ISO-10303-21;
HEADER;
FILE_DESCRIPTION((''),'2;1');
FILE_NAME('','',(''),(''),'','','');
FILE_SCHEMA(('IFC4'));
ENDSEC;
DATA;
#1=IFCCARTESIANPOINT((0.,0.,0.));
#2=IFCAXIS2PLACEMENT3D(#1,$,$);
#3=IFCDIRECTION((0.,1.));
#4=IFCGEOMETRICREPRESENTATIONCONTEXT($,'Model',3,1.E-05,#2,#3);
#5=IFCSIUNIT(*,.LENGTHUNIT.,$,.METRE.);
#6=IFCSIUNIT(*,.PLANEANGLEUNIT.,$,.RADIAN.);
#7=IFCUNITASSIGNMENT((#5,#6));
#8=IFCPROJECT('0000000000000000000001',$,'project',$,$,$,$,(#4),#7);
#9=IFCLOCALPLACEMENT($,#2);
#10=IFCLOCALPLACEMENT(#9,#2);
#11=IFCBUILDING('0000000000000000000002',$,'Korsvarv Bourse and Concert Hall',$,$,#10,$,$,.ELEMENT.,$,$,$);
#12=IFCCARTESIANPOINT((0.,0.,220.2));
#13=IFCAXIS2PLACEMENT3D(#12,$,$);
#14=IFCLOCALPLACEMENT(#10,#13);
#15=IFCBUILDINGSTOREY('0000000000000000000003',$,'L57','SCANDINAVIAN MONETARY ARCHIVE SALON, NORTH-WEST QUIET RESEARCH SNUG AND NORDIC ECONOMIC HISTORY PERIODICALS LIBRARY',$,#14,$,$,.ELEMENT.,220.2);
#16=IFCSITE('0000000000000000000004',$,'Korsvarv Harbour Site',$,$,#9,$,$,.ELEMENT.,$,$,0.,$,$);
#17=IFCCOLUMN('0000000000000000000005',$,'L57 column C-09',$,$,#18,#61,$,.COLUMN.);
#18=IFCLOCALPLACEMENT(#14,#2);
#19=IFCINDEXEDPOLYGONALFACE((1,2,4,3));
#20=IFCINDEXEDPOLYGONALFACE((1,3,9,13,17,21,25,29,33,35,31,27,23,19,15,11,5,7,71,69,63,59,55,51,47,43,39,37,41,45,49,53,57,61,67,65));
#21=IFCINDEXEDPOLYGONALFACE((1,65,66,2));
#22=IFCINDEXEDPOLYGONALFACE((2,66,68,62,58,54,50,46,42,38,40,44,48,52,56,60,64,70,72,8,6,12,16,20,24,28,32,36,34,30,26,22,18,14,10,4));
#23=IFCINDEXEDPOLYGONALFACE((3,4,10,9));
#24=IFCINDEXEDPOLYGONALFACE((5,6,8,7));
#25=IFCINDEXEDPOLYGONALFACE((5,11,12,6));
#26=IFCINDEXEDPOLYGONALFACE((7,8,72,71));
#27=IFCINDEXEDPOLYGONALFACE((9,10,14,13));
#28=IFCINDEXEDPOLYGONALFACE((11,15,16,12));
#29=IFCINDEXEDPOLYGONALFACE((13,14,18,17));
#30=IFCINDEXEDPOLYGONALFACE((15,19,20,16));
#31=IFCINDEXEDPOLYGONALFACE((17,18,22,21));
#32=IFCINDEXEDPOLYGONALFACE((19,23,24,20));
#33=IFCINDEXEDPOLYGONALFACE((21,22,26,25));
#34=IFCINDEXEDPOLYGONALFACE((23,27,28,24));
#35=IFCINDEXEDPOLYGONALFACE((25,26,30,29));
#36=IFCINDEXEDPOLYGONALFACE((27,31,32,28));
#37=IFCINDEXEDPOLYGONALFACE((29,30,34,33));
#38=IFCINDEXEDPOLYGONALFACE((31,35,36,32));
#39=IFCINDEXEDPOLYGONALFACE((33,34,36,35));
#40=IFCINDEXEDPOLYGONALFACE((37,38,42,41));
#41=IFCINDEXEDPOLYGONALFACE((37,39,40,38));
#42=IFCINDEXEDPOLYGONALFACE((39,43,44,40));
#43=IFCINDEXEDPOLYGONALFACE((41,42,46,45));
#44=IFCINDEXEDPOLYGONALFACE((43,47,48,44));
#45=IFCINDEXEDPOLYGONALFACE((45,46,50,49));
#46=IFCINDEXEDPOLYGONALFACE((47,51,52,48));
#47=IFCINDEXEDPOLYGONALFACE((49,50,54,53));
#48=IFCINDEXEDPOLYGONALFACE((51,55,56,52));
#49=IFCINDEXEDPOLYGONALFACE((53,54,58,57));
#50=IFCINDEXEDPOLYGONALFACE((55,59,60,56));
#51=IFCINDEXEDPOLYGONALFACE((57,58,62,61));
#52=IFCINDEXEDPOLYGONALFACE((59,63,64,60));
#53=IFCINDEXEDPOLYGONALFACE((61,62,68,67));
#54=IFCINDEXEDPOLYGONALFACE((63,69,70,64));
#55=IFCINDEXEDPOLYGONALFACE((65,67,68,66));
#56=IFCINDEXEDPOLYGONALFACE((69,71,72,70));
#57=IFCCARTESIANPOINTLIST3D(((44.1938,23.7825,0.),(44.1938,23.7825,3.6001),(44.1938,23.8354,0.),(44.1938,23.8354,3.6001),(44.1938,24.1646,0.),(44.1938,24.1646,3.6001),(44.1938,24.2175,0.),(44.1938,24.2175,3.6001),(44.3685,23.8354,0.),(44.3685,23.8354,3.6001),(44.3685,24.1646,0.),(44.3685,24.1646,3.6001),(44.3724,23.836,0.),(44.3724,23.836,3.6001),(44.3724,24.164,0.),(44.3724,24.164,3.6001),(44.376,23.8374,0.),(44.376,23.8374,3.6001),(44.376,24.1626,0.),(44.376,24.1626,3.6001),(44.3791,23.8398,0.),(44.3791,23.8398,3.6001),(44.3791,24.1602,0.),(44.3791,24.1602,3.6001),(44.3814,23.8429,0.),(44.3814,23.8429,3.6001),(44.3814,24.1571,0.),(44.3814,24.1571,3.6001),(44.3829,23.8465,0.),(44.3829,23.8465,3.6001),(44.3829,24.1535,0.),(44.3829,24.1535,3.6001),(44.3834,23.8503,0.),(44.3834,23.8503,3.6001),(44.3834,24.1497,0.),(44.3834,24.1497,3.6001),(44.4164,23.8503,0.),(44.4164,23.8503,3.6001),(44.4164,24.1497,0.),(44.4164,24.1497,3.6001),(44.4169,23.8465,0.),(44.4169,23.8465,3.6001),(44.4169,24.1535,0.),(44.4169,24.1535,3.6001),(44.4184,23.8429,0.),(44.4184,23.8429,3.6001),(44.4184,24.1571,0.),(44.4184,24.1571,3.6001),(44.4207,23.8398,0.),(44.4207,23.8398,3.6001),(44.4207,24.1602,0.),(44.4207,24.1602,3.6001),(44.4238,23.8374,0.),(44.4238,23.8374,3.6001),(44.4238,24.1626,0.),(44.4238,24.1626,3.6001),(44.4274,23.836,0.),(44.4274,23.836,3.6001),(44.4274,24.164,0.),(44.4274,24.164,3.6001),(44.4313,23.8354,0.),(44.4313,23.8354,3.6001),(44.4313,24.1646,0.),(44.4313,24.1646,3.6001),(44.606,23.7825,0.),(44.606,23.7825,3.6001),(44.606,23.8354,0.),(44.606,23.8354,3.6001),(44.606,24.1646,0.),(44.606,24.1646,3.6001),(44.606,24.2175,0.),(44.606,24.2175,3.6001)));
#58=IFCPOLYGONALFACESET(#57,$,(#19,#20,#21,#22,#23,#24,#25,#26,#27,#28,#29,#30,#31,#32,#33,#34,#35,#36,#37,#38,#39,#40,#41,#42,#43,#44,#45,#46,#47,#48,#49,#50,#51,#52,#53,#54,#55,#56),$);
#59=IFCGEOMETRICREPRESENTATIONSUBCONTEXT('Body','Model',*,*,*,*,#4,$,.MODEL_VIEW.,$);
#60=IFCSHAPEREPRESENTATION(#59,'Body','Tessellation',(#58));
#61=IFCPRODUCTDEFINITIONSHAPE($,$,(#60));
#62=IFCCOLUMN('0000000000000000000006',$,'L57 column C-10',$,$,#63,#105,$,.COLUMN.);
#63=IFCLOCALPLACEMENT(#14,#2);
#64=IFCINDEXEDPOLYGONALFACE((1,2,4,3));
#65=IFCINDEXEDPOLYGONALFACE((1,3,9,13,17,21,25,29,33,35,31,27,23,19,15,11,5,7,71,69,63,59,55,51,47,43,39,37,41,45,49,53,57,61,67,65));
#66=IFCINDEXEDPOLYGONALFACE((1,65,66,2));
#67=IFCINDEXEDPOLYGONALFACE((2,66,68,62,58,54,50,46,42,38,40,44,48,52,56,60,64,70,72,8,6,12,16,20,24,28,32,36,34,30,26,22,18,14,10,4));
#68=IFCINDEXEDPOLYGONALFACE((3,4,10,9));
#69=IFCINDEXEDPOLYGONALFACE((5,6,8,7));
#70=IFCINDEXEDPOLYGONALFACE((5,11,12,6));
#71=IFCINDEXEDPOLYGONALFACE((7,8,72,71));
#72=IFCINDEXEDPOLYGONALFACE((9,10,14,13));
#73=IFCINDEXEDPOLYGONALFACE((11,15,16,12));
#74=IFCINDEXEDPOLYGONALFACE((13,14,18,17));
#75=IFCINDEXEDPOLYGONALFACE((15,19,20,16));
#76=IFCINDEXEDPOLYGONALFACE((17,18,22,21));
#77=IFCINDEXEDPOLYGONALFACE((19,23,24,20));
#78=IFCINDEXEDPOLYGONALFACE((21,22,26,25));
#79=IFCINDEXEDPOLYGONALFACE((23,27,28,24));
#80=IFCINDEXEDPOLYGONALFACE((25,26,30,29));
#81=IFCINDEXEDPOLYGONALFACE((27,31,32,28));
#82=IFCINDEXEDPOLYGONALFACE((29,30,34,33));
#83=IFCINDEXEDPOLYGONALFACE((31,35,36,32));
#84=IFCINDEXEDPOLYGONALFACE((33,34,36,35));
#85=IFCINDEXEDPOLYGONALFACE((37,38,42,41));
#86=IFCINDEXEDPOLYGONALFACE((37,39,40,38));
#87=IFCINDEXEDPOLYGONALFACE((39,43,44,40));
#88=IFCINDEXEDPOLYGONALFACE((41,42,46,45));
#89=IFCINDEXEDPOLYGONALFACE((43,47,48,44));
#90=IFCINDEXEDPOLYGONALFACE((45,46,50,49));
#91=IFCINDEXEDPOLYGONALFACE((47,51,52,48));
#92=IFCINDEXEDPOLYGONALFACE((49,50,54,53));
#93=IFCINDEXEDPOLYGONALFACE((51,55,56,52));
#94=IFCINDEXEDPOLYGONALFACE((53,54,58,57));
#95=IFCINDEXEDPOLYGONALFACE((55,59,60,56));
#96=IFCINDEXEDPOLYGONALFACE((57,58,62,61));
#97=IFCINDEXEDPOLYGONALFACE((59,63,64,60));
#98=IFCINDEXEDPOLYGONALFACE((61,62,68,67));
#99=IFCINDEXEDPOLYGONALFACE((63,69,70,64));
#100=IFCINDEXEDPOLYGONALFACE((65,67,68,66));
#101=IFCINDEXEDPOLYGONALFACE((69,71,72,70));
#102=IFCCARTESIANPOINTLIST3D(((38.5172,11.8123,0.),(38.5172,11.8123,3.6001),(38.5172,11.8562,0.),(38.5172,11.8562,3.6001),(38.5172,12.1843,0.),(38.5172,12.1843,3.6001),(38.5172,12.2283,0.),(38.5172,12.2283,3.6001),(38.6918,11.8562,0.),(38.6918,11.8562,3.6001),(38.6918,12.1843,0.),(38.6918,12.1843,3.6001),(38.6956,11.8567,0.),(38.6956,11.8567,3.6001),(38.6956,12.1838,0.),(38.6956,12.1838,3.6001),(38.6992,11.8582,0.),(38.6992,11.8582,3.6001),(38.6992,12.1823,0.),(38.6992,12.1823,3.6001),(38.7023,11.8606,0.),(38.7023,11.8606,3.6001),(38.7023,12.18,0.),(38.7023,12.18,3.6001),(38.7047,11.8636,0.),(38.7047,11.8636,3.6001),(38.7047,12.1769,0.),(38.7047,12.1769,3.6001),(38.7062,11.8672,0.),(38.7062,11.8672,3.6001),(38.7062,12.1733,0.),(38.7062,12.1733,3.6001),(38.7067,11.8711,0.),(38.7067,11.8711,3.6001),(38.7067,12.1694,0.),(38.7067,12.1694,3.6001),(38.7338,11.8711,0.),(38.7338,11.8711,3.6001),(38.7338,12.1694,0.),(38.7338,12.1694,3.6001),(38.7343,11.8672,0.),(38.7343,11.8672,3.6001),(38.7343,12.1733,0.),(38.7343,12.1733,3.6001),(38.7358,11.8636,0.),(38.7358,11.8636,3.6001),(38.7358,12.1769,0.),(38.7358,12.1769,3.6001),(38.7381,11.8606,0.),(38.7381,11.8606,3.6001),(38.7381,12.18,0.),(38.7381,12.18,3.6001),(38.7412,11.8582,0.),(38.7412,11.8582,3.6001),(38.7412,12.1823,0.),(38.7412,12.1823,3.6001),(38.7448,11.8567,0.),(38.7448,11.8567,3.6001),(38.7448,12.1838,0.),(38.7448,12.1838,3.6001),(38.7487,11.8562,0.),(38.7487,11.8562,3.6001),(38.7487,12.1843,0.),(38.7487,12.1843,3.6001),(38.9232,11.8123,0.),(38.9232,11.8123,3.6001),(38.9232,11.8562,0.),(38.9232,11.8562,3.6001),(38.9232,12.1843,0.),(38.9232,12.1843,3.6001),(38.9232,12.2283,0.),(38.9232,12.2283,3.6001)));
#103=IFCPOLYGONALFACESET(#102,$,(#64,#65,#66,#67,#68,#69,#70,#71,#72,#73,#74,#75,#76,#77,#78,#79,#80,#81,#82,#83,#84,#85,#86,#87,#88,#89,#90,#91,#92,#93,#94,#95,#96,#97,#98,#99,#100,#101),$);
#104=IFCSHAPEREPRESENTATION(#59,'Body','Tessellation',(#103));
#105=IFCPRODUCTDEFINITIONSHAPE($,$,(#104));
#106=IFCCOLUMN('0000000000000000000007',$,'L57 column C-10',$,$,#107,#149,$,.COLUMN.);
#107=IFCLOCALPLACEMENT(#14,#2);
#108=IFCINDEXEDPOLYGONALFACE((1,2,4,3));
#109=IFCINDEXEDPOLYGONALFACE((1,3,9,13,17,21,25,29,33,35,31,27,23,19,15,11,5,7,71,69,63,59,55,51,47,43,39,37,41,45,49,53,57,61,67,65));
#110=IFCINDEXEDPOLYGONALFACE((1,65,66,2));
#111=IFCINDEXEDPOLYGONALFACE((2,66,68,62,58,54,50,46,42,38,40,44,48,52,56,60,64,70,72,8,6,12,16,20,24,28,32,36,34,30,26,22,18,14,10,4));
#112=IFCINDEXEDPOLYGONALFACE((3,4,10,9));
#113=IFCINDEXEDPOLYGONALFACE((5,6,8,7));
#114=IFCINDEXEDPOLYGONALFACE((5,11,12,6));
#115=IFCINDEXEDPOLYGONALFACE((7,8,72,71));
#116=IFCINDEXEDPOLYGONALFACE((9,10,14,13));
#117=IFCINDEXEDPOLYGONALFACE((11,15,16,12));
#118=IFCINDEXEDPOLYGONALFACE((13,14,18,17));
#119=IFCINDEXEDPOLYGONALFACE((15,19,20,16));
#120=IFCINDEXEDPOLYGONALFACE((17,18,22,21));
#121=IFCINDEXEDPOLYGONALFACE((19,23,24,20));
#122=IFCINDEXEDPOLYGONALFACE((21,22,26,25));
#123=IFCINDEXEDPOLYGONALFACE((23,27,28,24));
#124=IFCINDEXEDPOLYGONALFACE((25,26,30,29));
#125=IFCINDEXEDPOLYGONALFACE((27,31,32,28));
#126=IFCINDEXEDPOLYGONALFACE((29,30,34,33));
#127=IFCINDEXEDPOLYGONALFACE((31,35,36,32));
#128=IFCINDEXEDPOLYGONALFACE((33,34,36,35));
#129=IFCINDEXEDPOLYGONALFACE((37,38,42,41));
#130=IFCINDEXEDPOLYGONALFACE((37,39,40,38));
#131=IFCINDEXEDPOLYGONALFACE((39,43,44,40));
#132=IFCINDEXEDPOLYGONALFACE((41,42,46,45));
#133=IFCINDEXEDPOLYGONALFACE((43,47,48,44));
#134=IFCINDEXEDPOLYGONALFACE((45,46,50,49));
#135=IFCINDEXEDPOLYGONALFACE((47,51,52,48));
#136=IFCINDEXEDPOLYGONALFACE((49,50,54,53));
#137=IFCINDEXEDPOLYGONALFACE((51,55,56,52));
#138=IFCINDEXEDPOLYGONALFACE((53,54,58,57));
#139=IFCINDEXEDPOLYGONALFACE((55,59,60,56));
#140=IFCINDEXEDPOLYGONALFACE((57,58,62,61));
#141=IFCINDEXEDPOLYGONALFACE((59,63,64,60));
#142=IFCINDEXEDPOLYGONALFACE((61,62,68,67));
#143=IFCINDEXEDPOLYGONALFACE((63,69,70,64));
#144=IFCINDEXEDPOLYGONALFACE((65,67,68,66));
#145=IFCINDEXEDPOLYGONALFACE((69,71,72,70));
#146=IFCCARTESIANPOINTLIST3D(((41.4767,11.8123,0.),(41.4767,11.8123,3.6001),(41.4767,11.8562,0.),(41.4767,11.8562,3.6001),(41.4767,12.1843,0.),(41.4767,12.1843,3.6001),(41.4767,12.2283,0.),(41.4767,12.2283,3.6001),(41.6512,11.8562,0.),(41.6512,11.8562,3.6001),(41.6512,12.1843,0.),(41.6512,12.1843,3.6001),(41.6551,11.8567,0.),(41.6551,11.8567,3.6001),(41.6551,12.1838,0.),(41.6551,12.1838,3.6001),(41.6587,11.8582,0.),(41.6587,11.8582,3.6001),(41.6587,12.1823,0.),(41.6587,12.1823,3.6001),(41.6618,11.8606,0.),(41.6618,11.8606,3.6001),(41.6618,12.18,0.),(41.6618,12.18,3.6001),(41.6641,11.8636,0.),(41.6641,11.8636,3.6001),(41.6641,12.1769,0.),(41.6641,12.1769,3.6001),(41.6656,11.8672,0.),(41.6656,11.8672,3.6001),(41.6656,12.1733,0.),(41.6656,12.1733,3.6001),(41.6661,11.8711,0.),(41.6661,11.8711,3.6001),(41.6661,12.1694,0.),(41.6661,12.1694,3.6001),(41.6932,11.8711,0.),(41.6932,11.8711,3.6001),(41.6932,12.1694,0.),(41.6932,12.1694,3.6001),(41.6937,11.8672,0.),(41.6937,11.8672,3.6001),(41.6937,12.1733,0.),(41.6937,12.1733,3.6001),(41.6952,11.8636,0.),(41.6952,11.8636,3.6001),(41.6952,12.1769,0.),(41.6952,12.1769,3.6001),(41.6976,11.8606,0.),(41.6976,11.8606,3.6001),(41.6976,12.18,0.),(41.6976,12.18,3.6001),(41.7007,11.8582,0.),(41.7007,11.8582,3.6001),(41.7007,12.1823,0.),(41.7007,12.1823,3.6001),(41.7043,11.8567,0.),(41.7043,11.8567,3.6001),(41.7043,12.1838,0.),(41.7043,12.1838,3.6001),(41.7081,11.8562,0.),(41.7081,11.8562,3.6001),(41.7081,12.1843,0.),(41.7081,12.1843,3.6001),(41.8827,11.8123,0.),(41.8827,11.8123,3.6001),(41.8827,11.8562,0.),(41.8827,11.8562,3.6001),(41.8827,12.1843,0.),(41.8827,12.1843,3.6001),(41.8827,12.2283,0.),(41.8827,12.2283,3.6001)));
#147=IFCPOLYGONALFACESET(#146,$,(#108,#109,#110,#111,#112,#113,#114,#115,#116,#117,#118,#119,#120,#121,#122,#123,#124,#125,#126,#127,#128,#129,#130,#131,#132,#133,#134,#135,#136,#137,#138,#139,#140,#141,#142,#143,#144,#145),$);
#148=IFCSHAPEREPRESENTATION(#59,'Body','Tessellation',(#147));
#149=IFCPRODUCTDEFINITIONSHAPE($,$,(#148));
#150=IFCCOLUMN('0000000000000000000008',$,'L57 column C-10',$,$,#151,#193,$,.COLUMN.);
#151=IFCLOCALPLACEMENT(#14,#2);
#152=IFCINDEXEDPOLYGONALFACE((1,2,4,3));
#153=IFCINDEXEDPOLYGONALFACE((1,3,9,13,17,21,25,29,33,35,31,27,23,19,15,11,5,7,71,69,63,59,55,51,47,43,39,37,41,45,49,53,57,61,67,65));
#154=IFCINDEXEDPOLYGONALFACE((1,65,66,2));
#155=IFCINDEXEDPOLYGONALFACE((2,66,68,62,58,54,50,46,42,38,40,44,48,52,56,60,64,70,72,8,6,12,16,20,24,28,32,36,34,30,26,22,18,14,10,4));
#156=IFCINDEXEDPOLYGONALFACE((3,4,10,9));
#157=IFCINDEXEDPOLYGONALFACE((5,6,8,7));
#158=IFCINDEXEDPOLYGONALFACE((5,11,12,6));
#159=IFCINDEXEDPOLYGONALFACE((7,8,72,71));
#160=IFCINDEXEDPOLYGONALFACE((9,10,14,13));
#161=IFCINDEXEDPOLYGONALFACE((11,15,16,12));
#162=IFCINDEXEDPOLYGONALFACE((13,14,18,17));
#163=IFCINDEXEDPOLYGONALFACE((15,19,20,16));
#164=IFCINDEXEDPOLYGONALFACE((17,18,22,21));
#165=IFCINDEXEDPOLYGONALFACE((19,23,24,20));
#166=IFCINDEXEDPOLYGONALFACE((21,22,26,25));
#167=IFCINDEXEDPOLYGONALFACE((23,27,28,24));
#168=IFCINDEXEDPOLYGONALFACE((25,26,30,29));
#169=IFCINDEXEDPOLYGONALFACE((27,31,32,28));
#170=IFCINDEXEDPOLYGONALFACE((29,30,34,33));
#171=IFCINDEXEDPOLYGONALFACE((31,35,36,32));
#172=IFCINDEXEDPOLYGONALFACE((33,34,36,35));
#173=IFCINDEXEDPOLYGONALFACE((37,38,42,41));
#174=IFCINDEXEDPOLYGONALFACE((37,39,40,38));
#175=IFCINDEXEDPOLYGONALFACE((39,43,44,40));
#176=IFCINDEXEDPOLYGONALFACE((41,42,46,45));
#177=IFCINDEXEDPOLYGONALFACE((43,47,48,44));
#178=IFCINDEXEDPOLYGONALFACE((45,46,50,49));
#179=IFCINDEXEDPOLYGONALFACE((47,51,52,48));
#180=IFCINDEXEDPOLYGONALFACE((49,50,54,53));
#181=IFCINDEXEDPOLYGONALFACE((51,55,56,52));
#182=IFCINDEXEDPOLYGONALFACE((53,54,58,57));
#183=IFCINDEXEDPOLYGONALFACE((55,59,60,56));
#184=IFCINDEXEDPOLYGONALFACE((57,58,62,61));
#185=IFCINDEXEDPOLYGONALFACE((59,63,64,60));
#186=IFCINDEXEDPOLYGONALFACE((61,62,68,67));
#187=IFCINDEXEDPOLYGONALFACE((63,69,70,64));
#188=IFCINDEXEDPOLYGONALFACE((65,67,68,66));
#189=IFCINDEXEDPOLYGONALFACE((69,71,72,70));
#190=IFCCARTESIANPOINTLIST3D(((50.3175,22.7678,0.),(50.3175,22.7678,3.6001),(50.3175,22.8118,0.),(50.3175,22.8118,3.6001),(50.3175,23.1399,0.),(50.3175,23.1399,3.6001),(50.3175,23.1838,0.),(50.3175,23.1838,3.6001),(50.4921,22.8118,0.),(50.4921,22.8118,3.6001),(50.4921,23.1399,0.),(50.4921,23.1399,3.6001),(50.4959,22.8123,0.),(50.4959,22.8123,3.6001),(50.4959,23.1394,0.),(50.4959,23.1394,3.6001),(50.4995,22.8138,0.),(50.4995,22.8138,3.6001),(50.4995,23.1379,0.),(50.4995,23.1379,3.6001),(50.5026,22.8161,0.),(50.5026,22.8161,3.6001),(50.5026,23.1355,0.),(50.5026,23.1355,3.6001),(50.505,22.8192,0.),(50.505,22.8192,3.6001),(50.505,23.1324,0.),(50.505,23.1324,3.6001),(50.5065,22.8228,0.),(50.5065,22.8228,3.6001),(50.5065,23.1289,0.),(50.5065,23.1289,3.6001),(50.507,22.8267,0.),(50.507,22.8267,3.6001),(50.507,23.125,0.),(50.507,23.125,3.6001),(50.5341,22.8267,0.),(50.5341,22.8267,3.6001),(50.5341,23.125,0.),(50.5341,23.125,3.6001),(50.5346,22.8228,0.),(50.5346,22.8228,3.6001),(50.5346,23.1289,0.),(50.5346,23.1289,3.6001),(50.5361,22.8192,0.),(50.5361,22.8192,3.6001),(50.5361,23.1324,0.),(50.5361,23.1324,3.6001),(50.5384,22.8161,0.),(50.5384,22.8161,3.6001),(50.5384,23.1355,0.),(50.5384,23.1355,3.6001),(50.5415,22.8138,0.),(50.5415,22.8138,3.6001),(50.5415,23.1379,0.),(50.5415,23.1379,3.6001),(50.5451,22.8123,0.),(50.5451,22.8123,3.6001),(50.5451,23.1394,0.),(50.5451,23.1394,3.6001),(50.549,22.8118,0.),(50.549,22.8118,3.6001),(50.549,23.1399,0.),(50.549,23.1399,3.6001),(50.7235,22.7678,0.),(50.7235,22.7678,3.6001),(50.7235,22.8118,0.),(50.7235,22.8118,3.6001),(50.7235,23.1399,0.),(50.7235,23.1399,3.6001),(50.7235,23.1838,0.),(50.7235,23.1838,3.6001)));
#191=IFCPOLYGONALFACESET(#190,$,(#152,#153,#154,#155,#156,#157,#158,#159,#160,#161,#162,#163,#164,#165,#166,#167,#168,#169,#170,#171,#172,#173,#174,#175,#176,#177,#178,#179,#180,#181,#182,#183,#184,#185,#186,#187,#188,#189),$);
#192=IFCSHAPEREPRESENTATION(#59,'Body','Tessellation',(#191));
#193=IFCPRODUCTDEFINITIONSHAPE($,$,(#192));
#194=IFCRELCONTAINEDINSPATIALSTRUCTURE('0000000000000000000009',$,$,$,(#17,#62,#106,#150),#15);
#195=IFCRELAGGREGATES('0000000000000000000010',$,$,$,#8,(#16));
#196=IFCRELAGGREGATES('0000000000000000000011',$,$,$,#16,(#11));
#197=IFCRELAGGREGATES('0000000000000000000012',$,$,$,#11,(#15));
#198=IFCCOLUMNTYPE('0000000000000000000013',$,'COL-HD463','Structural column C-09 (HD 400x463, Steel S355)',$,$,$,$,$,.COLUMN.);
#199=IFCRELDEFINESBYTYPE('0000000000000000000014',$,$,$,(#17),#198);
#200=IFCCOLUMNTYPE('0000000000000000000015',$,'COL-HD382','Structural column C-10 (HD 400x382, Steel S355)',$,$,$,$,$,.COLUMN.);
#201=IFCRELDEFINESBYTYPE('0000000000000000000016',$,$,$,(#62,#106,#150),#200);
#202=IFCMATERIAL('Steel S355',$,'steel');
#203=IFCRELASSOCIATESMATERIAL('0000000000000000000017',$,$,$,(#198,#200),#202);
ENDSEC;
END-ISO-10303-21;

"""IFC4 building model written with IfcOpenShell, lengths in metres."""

from ifc_helpers import new_model, si_unit, direction, frame, origin, origin_2d, place, context, subcontext, project, spatial, i_section, extrude, source, transform, mapped, material, material_profile, profile_set, type_object, element, save


model = new_model("IFC4")

# Units and contexts
model_context = context("Model", 3, precision=1e-05, world=origin(), true_north=direction((0.0, 1.0)))
body_context = subcontext(model_context, "Body", "Model", "MODEL_VIEW")
ifc_project = project(units=[si_unit("LENGTHUNIT", "METRE"), si_unit("PLANEANGLEUNIT", "RADIAN")], contexts=[model_context])

# Site, building, storey
site_placement = place(None, origin())
site = spatial("IfcSite", under=ifc_project, at=site_placement, Name="Korsvarv Harbour Site", CompositionType="ELEMENT", RefElevation=0.0)
building_placement = place(site_placement, origin())
building = spatial("IfcBuilding", under=site, at=building_placement, Name="Korsvarv Bourse and Concert Hall", CompositionType="ELEMENT")
storey_placement = place(building_placement, frame((0.0, 0.0, 220.2)))
storey = spatial("IfcBuildingStorey", under=building, at=storey_placement, Name="L57", Description="SCANDINAVIAN MONETARY ARCHIVE SALON, NORTH-WEST QUIET RESEARCH SNUG AND NORDIC ECONOMIC HISTORY PERIODICALS LIBRARY", CompositionType="ELEMENT", Elevation=220.2)

# Columns
ifc_material_1 = material(Name="Steel S355", Category="steel")
ifc_material_profile_1 = material_profile(ifc_material_1, i_section(OverallWidth=0.4121, OverallDepth=0.4351, WebThickness=0.033, FlangeThickness=0.053, FilletRadius=0.0149, at=origin_2d()), Name="HD 400x463")
ifc_profile_set_1 = profile_set([ifc_material_profile_1], Name="Steel S355")
column_type_1 = type_object("IfcColumnType", Name="COL-HD463", Description="Structural column C-09 (HD 400x463, Steel S355)", PredefinedType="COLUMN", material=ifc_profile_set_1)
shared_shape_1 = source(origin(), body_context, "Body", "SweptSolid", [
    extrude(i_section(OverallWidth=0.4121, OverallDepth=0.4351, WebThickness=0.033, FlangeThickness=0.053, FilletRadius=0.0149, at=origin_2d()), origin(), (0.0, 0.0, 1.0), 3.6001),
])
column_placement = place(storey_placement, frame((44.3999, 24.0, 0.0), z_axis=(0.0, 0.0, 1.0), x_axis=(1.0, 0.0, 0.0)))
element("IfcColumn", 1, at=column_placement, inside=storey, type_object=column_type_1, Name="L57 column C-09", PredefinedType="COLUMN", context=body_context, shape_type="MappedRepresentation", body=[
    mapped(shared_shape_1, transform((0.0, 0.0, 0.0), scale=1.0)),
])
ifc_material_profile_2 = material_profile(ifc_material_1, i_section(OverallWidth=0.406, OverallDepth=0.416, WebThickness=0.0271, FlangeThickness=0.0439, FilletRadius=0.0149, at=origin_2d()), Name="HD 400x382")
ifc_profile_set_2 = profile_set([ifc_material_profile_2], Name="Steel S355")
column_type_2 = type_object("IfcColumnType", Name="COL-HD382", Description="Structural column C-10 (HD 400x382, Steel S355)", PredefinedType="COLUMN", material=ifc_profile_set_2)
shared_shape_2 = source(origin(), body_context, "Body", "SweptSolid", [
    extrude(i_section(OverallWidth=0.406, OverallDepth=0.416, WebThickness=0.0271, FlangeThickness=0.0439, FilletRadius=0.0149, at=origin_2d()), origin(), (0.0, 0.0, 1.0), 3.6001),
])
for number, where, z_axis, x_axis, name in (
    (2, (38.7202, 12.0203, 0.0), (0.0, 0.0, 1.0), (1.0, 0.0, 0.0), "L57 column C-10"),
    (3, (41.6797, 12.0203, 0.0), (0.0, 0.0, 1.0), (1.0, 0.0, 0.0), "L57 column C-10"),
    (4, (50.5205, 22.9758, 0.0), (0.0, 0.0, 1.0), (1.0, 0.0, 0.0), "L57 column C-10"),
):
    element("IfcColumn", number, at=place(storey_placement, frame(where, z_axis=z_axis, x_axis=x_axis)), inside=storey, type_object=column_type_2, Name=name, PredefinedType="COLUMN", context=body_context, shape_type="MappedRepresentation", body=[
        mapped(shared_shape_2, transform((0.0, 0.0, 0.0), scale=1.0)),
    ])

save(model, "model.ifc")
